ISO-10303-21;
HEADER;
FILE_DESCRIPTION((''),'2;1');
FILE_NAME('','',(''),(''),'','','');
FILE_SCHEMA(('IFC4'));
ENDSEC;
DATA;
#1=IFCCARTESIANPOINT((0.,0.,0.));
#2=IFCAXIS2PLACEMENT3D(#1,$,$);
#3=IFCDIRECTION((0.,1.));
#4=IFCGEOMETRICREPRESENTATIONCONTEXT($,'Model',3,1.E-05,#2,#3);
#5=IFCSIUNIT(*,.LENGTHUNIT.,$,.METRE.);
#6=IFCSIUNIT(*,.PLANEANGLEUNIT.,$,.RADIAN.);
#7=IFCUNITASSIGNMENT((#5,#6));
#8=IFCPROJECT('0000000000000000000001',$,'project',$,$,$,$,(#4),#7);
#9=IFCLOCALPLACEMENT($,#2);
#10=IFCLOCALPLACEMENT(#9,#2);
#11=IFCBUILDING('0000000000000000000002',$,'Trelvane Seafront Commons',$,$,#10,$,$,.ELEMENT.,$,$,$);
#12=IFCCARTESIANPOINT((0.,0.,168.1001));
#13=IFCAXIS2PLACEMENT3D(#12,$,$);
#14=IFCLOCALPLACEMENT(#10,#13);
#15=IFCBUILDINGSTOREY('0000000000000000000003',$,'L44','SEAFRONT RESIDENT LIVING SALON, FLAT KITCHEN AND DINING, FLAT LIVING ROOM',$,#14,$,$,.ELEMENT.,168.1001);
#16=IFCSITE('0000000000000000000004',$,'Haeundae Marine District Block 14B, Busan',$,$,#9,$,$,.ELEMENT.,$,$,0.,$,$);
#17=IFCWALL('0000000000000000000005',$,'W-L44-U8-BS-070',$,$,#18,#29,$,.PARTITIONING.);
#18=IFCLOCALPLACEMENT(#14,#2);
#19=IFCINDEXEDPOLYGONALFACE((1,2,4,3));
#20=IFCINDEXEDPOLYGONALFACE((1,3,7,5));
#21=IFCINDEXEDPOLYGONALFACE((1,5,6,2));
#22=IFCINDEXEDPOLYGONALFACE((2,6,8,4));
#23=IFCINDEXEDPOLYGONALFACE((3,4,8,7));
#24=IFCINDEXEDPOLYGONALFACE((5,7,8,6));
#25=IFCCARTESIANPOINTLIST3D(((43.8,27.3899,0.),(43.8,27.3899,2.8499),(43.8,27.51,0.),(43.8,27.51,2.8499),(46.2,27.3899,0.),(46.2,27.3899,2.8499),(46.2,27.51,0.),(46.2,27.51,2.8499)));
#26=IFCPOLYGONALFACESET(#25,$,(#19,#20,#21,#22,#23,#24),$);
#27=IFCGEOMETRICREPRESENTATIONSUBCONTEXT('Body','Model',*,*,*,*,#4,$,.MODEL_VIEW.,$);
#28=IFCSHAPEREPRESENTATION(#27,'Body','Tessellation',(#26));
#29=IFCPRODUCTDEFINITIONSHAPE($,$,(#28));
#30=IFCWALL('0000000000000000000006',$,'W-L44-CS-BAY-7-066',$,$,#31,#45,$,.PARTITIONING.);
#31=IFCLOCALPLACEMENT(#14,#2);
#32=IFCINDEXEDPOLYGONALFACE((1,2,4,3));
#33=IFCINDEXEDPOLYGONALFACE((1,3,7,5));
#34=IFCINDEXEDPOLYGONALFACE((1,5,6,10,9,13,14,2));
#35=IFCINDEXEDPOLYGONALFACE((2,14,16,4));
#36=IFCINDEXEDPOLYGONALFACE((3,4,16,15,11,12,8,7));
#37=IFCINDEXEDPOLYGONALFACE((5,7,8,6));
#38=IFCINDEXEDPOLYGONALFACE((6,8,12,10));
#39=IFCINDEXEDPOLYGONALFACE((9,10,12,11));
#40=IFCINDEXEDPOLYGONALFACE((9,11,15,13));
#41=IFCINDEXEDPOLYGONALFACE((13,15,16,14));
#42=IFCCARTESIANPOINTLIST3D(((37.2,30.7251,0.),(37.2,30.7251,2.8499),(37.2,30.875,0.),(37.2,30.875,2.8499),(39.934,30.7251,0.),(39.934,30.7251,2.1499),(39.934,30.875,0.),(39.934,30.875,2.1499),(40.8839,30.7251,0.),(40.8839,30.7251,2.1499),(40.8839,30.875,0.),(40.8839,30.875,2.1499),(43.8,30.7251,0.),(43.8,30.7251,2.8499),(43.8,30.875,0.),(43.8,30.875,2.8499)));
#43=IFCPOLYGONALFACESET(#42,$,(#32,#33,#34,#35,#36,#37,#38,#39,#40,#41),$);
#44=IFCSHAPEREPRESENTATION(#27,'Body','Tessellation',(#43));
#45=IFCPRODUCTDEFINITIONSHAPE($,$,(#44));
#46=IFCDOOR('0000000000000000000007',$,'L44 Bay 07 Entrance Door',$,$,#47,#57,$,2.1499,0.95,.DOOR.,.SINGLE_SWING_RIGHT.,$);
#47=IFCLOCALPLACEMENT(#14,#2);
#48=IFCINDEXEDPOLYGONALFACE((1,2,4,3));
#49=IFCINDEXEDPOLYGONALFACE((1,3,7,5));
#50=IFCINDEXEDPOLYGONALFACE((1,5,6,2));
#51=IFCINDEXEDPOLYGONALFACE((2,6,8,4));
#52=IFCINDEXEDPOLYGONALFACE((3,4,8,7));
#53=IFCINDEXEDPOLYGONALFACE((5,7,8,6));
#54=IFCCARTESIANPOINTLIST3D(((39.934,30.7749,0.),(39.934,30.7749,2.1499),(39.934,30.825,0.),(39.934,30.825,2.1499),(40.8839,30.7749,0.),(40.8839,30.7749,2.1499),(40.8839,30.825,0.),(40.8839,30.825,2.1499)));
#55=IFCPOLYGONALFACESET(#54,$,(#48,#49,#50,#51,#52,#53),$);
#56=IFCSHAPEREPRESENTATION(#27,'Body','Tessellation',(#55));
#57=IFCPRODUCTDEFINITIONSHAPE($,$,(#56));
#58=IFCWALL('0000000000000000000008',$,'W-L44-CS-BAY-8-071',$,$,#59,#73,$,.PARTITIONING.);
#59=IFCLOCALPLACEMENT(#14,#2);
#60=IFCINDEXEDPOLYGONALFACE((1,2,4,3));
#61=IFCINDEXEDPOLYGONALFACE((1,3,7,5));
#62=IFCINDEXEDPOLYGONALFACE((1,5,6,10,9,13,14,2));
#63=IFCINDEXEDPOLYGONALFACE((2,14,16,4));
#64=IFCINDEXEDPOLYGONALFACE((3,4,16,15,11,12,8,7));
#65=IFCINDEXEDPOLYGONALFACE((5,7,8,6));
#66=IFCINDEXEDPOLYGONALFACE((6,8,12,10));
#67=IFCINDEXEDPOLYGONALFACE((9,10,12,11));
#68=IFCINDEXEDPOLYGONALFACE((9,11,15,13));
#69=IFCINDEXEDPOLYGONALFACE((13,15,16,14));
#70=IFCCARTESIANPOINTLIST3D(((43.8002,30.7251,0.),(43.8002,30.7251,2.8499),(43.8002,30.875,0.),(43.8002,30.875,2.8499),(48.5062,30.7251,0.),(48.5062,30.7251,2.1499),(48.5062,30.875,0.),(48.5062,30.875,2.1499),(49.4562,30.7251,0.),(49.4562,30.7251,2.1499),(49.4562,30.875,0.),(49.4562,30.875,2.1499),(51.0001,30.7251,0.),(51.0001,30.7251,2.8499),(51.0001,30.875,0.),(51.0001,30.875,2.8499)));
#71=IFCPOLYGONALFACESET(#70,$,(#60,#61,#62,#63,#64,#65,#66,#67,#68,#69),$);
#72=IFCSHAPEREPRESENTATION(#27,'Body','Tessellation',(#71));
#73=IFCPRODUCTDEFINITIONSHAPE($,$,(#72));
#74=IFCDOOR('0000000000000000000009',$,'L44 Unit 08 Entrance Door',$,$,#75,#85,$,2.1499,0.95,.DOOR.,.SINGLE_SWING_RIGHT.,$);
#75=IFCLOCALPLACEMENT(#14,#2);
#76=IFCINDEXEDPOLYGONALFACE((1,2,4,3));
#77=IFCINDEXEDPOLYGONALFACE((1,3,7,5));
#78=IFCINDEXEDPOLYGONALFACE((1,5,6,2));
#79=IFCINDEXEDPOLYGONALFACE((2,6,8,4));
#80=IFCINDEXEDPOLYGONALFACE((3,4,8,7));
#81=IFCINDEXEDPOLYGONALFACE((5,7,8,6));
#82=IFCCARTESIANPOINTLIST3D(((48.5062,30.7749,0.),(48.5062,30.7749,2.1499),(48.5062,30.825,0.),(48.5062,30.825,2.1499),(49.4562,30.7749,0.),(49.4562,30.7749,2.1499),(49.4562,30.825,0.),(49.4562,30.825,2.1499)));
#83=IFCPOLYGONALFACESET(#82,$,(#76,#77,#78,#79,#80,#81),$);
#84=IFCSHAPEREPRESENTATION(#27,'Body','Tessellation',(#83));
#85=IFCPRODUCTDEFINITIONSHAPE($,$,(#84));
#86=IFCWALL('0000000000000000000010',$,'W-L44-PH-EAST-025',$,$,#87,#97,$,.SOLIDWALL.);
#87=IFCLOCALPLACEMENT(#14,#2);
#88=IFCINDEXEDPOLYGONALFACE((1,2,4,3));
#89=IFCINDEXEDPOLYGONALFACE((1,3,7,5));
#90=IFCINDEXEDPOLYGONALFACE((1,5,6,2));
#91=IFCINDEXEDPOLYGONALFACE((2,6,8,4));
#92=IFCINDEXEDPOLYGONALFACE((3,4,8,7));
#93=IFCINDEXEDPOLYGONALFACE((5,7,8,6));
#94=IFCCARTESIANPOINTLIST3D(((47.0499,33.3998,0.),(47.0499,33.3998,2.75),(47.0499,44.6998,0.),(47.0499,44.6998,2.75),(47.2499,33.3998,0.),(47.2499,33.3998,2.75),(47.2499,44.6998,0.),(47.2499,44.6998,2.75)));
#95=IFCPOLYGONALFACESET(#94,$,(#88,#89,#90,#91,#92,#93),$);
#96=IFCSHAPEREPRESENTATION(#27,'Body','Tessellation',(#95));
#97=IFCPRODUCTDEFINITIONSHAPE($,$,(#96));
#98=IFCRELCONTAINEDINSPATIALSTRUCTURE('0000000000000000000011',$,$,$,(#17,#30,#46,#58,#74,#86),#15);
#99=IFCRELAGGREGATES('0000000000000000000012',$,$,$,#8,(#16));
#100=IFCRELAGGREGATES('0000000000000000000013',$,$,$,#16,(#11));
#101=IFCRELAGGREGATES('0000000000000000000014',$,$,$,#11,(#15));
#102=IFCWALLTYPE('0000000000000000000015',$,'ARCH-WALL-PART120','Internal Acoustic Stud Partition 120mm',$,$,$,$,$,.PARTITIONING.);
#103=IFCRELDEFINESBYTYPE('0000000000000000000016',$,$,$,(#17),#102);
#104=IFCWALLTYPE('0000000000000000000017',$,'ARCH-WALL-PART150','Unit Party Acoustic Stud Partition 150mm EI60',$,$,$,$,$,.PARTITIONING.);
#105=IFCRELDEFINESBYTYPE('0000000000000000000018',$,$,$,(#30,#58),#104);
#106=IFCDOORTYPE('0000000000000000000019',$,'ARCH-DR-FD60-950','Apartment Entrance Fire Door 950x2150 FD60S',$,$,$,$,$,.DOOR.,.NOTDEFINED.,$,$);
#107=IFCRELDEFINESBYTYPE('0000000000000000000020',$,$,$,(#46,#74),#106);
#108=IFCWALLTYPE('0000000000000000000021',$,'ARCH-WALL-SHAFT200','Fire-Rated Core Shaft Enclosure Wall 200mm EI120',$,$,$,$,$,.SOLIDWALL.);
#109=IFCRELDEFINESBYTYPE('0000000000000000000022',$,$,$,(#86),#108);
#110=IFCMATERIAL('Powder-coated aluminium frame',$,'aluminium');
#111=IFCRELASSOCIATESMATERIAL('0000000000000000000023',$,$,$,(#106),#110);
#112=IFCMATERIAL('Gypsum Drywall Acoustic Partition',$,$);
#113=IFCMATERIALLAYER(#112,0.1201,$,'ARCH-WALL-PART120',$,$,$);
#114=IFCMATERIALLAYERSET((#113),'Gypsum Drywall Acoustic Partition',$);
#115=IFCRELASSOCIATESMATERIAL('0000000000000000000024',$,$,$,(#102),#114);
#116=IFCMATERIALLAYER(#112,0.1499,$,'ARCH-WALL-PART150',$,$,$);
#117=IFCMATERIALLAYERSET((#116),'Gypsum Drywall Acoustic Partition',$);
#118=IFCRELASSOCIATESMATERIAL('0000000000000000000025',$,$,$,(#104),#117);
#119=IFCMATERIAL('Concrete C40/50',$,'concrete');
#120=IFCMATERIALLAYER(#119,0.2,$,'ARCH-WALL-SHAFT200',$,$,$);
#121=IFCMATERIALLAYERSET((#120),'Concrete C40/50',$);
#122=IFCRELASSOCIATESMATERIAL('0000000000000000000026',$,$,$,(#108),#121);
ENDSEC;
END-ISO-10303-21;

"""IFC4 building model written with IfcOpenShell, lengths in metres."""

from ifc_helpers import new_model, si_unit, direction, frame, frame_2d, origin, place, context, subcontext, project, spatial, rectangle, extrude, source, transform, mapped, material, layer, layer_set, type_object, element, fill, save


model = new_model("IFC4")

# Units and contexts
model_context = context("Model", 3, precision=1e-05, world=origin(), true_north=direction((0.0, 1.0)))
body_context = subcontext(model_context, "Body", "Model", "MODEL_VIEW")
ifc_project = project(units=[si_unit("LENGTHUNIT", "METRE"), si_unit("PLANEANGLEUNIT", "RADIAN")], contexts=[model_context])

# Site, building, storey
site_placement = place(None, origin())
site = spatial("IfcSite", under=ifc_project, at=site_placement, Name="Haeundae Marine District Block 14B, Busan", CompositionType="ELEMENT", RefElevation=0.0)
building_placement = place(site_placement, origin())
building = spatial("IfcBuilding", under=site, at=building_placement, Name="Trelvane Seafront Commons", CompositionType="ELEMENT")
storey_placement = place(building_placement, frame((0.0, 0.0, 168.1001)))
storey = spatial("IfcBuildingStorey", under=building, at=storey_placement, Name="L44", Description="SEAFRONT RESIDENT LIVING SALON, FLAT KITCHEN AND DINING, FLAT LIVING ROOM", CompositionType="ELEMENT", Elevation=168.1001)

# Shared definitions
ifc_material_1 = material(Name="Concrete C40/50", Category="concrete")
ifc_material_2 = material(Name="Powder-coated aluminium frame", Category="aluminium")
door_type_1 = type_object("IfcDoorType", Name="ARCH-DR-FD60-950", Description="Apartment Entrance Fire Door 950x2150 FD60S", OperationType="NOTDEFINED", PredefinedType="DOOR", material=ifc_material_2)
shared_shape_1 = source(origin(), body_context, "Body", "SweptSolid", [
    extrude(rectangle(XDim=0.95, YDim=2.1499, at=frame_2d((0.4751, 1.075))), frame((0.0, 0.0249, 0.0), z_axis=(0.0, -1.0, 0.0), x_axis=(1.0, 0.0, 0.0)), (0.0, 0.0, 1.0), 0.05),
])

# Shared definitions
ifc_material_3 = material(Name="Gypsum Drywall Acoustic Partition")
ifc_layer_1 = layer(ifc_material_3, 0.1201, Name="ARCH-WALL-PART120")
ifc_layer_set_1 = layer_set([ifc_layer_1], Name="Gypsum Drywall Acoustic Partition")
wall_type_1 = type_object("IfcWallType", Name="ARCH-WALL-PART120", Description="Internal Acoustic Stud Partition 120mm", PredefinedType="PARTITIONING", material=ifc_layer_set_1)

# Wall
wall_1_placement = place(storey_placement, frame((43.8, 27.45, 0.0), z_axis=(0.0, 0.0, 1.0), x_axis=(1.0, 0.0, 0.0)))
element("IfcWall", 1, at=wall_1_placement, inside=storey, type_object=wall_type_1, Name="W-L44-U8-BS-070", PredefinedType="PARTITIONING", context=body_context, shape_type="SweptSolid", body=[
    extrude(rectangle(XDim=2.3999, YDim=0.1201, at=frame_2d((1.2, 0.0))), origin(), (0.0, 0.0, 1.0), 2.8499),
])

# Walls, openings, doors
ifc_layer_2 = layer(ifc_material_3, 0.1499, Name="ARCH-WALL-PART150")
ifc_layer_set_2 = layer_set([ifc_layer_2], Name="Gypsum Drywall Acoustic Partition")
wall_type_2 = type_object("IfcWallType", Name="ARCH-WALL-PART150", Description="Unit Party Acoustic Stud Partition 150mm EI60", PredefinedType="PARTITIONING", material=ifc_layer_set_2)
wall_2_placement = place(storey_placement, frame((37.2, 30.8, 0.0), z_axis=(0.0, 0.0, 1.0), x_axis=(1.0, 0.0, 0.0)))
wall_2 = element("IfcWall", 2, at=wall_2_placement, inside=storey, type_object=wall_type_2, Name="W-L44-CS-BAY-7-066", PredefinedType="PARTITIONING", context=body_context, shape_type="SweptSolid", body=[
    extrude(rectangle(XDim=6.6001, YDim=0.1499, at=frame_2d((3.3, 0.0))), origin(), (0.0, 0.0, 1.0), 2.8499),
])
opening_1_placement = place(wall_2_placement, frame((2.7339, 0.0, 0.0)))
opening_1 = element("IfcOpeningElement", 3, at=opening_1_placement, cuts=wall_2, PredefinedType="OPENING", context=body_context, shape_type="SweptSolid", body=[
    extrude(rectangle(XDim=0.95, YDim=2.1499, at=frame_2d((0.4751, 1.075))), frame((0.0, 0.085, 0.0), z_axis=(0.0, -1.0, 0.0), x_axis=(1.0, 0.0, 0.0)), (0.0, 0.0, 1.0), 0.1699),
])
door_1_placement = place(opening_1_placement, origin())
door_1 = element("IfcDoor", 4, at=door_1_placement, inside=storey, type_object=door_type_1, Name="L44 Bay 07 Entrance Door", OperationType="SINGLE_SWING_RIGHT", OverallHeight=2.1499, OverallWidth=0.95, PredefinedType="DOOR", context=body_context, shape_type="MappedRepresentation", body=[
    mapped(shared_shape_1, transform((0.0, 0.0, 0.0), x_axis=(1.0, 0.0, 0.0), y_axis=(0.0, 1.0, 0.0), z_axis=(0.0, 0.0, 1.0), scale=1.0)),
])
fill(opening_1, door_1)
wall_3_placement = place(storey_placement, frame((43.8, 30.8, 0.0), z_axis=(0.0, 0.0, 1.0), x_axis=(1.0, 0.0, 0.0)))
wall_3 = element("IfcWall", 5, at=wall_3_placement, inside=storey, type_object=wall_type_2, Name="W-L44-CS-BAY-8-071", PredefinedType="PARTITIONING", context=body_context, shape_type="SweptSolid", body=[
    extrude(rectangle(XDim=7.2, YDim=0.1499, at=frame_2d((3.6001, 0.0))), origin(), (0.0, 0.0, 1.0), 2.8499),
])
opening_2_placement = place(wall_3_placement, frame((4.7061, 0.0, 0.0)))
opening_2 = element("IfcOpeningElement", 6, at=opening_2_placement, cuts=wall_3, PredefinedType="OPENING", context=body_context, shape_type="SweptSolid", body=[
    extrude(rectangle(XDim=0.95, YDim=2.1499, at=frame_2d((0.4751, 1.075))), frame((0.0, 0.085, 0.0), z_axis=(0.0, -1.0, 0.0), x_axis=(1.0, 0.0, 0.0)), (0.0, 0.0, 1.0), 0.1699),
])
door_2_placement = place(opening_2_placement, origin())
door_2 = element("IfcDoor", 7, at=door_2_placement, inside=storey, type_object=door_type_1, Name="L44 Unit 08 Entrance Door", OperationType="SINGLE_SWING_RIGHT", OverallHeight=2.1499, OverallWidth=0.95, PredefinedType="DOOR", context=body_context, shape_type="MappedRepresentation", body=[
    mapped(shared_shape_1, transform((0.0, 0.0, 0.0), x_axis=(1.0, 0.0, 0.0), y_axis=(0.0, 1.0, 0.0), z_axis=(0.0, 0.0, 1.0), scale=1.0)),
])
fill(opening_2, door_2)

# Wall
ifc_layer_3 = layer(ifc_material_1, 0.2, Name="ARCH-WALL-SHAFT200")
ifc_layer_set_3 = layer_set([ifc_layer_3], Name="Concrete C40/50")
wall_type_3 = type_object("IfcWallType", Name="ARCH-WALL-SHAFT200", Description="Fire-Rated Core Shaft Enclosure Wall 200mm EI120", PredefinedType="SOLIDWALL", material=ifc_layer_set_3)
wall_4_placement = place(storey_placement, frame((47.1499, 33.3999, 0.0), z_axis=(0.0, 0.0, 1.0), x_axis=(0.0, 1.0, 0.0)))
element("IfcWall", 8, at=wall_4_placement, inside=storey, type_object=wall_type_3, Name="W-L44-PH-EAST-025", PredefinedType="SOLIDWALL", context=body_context, shape_type="SweptSolid", body=[
    extrude(rectangle(XDim=11.3, YDim=0.2, at=frame_2d((5.6499, 0.0))), origin(), (0.0, 0.0, 1.0), 2.75),
])

save(model, "model.ifc")
